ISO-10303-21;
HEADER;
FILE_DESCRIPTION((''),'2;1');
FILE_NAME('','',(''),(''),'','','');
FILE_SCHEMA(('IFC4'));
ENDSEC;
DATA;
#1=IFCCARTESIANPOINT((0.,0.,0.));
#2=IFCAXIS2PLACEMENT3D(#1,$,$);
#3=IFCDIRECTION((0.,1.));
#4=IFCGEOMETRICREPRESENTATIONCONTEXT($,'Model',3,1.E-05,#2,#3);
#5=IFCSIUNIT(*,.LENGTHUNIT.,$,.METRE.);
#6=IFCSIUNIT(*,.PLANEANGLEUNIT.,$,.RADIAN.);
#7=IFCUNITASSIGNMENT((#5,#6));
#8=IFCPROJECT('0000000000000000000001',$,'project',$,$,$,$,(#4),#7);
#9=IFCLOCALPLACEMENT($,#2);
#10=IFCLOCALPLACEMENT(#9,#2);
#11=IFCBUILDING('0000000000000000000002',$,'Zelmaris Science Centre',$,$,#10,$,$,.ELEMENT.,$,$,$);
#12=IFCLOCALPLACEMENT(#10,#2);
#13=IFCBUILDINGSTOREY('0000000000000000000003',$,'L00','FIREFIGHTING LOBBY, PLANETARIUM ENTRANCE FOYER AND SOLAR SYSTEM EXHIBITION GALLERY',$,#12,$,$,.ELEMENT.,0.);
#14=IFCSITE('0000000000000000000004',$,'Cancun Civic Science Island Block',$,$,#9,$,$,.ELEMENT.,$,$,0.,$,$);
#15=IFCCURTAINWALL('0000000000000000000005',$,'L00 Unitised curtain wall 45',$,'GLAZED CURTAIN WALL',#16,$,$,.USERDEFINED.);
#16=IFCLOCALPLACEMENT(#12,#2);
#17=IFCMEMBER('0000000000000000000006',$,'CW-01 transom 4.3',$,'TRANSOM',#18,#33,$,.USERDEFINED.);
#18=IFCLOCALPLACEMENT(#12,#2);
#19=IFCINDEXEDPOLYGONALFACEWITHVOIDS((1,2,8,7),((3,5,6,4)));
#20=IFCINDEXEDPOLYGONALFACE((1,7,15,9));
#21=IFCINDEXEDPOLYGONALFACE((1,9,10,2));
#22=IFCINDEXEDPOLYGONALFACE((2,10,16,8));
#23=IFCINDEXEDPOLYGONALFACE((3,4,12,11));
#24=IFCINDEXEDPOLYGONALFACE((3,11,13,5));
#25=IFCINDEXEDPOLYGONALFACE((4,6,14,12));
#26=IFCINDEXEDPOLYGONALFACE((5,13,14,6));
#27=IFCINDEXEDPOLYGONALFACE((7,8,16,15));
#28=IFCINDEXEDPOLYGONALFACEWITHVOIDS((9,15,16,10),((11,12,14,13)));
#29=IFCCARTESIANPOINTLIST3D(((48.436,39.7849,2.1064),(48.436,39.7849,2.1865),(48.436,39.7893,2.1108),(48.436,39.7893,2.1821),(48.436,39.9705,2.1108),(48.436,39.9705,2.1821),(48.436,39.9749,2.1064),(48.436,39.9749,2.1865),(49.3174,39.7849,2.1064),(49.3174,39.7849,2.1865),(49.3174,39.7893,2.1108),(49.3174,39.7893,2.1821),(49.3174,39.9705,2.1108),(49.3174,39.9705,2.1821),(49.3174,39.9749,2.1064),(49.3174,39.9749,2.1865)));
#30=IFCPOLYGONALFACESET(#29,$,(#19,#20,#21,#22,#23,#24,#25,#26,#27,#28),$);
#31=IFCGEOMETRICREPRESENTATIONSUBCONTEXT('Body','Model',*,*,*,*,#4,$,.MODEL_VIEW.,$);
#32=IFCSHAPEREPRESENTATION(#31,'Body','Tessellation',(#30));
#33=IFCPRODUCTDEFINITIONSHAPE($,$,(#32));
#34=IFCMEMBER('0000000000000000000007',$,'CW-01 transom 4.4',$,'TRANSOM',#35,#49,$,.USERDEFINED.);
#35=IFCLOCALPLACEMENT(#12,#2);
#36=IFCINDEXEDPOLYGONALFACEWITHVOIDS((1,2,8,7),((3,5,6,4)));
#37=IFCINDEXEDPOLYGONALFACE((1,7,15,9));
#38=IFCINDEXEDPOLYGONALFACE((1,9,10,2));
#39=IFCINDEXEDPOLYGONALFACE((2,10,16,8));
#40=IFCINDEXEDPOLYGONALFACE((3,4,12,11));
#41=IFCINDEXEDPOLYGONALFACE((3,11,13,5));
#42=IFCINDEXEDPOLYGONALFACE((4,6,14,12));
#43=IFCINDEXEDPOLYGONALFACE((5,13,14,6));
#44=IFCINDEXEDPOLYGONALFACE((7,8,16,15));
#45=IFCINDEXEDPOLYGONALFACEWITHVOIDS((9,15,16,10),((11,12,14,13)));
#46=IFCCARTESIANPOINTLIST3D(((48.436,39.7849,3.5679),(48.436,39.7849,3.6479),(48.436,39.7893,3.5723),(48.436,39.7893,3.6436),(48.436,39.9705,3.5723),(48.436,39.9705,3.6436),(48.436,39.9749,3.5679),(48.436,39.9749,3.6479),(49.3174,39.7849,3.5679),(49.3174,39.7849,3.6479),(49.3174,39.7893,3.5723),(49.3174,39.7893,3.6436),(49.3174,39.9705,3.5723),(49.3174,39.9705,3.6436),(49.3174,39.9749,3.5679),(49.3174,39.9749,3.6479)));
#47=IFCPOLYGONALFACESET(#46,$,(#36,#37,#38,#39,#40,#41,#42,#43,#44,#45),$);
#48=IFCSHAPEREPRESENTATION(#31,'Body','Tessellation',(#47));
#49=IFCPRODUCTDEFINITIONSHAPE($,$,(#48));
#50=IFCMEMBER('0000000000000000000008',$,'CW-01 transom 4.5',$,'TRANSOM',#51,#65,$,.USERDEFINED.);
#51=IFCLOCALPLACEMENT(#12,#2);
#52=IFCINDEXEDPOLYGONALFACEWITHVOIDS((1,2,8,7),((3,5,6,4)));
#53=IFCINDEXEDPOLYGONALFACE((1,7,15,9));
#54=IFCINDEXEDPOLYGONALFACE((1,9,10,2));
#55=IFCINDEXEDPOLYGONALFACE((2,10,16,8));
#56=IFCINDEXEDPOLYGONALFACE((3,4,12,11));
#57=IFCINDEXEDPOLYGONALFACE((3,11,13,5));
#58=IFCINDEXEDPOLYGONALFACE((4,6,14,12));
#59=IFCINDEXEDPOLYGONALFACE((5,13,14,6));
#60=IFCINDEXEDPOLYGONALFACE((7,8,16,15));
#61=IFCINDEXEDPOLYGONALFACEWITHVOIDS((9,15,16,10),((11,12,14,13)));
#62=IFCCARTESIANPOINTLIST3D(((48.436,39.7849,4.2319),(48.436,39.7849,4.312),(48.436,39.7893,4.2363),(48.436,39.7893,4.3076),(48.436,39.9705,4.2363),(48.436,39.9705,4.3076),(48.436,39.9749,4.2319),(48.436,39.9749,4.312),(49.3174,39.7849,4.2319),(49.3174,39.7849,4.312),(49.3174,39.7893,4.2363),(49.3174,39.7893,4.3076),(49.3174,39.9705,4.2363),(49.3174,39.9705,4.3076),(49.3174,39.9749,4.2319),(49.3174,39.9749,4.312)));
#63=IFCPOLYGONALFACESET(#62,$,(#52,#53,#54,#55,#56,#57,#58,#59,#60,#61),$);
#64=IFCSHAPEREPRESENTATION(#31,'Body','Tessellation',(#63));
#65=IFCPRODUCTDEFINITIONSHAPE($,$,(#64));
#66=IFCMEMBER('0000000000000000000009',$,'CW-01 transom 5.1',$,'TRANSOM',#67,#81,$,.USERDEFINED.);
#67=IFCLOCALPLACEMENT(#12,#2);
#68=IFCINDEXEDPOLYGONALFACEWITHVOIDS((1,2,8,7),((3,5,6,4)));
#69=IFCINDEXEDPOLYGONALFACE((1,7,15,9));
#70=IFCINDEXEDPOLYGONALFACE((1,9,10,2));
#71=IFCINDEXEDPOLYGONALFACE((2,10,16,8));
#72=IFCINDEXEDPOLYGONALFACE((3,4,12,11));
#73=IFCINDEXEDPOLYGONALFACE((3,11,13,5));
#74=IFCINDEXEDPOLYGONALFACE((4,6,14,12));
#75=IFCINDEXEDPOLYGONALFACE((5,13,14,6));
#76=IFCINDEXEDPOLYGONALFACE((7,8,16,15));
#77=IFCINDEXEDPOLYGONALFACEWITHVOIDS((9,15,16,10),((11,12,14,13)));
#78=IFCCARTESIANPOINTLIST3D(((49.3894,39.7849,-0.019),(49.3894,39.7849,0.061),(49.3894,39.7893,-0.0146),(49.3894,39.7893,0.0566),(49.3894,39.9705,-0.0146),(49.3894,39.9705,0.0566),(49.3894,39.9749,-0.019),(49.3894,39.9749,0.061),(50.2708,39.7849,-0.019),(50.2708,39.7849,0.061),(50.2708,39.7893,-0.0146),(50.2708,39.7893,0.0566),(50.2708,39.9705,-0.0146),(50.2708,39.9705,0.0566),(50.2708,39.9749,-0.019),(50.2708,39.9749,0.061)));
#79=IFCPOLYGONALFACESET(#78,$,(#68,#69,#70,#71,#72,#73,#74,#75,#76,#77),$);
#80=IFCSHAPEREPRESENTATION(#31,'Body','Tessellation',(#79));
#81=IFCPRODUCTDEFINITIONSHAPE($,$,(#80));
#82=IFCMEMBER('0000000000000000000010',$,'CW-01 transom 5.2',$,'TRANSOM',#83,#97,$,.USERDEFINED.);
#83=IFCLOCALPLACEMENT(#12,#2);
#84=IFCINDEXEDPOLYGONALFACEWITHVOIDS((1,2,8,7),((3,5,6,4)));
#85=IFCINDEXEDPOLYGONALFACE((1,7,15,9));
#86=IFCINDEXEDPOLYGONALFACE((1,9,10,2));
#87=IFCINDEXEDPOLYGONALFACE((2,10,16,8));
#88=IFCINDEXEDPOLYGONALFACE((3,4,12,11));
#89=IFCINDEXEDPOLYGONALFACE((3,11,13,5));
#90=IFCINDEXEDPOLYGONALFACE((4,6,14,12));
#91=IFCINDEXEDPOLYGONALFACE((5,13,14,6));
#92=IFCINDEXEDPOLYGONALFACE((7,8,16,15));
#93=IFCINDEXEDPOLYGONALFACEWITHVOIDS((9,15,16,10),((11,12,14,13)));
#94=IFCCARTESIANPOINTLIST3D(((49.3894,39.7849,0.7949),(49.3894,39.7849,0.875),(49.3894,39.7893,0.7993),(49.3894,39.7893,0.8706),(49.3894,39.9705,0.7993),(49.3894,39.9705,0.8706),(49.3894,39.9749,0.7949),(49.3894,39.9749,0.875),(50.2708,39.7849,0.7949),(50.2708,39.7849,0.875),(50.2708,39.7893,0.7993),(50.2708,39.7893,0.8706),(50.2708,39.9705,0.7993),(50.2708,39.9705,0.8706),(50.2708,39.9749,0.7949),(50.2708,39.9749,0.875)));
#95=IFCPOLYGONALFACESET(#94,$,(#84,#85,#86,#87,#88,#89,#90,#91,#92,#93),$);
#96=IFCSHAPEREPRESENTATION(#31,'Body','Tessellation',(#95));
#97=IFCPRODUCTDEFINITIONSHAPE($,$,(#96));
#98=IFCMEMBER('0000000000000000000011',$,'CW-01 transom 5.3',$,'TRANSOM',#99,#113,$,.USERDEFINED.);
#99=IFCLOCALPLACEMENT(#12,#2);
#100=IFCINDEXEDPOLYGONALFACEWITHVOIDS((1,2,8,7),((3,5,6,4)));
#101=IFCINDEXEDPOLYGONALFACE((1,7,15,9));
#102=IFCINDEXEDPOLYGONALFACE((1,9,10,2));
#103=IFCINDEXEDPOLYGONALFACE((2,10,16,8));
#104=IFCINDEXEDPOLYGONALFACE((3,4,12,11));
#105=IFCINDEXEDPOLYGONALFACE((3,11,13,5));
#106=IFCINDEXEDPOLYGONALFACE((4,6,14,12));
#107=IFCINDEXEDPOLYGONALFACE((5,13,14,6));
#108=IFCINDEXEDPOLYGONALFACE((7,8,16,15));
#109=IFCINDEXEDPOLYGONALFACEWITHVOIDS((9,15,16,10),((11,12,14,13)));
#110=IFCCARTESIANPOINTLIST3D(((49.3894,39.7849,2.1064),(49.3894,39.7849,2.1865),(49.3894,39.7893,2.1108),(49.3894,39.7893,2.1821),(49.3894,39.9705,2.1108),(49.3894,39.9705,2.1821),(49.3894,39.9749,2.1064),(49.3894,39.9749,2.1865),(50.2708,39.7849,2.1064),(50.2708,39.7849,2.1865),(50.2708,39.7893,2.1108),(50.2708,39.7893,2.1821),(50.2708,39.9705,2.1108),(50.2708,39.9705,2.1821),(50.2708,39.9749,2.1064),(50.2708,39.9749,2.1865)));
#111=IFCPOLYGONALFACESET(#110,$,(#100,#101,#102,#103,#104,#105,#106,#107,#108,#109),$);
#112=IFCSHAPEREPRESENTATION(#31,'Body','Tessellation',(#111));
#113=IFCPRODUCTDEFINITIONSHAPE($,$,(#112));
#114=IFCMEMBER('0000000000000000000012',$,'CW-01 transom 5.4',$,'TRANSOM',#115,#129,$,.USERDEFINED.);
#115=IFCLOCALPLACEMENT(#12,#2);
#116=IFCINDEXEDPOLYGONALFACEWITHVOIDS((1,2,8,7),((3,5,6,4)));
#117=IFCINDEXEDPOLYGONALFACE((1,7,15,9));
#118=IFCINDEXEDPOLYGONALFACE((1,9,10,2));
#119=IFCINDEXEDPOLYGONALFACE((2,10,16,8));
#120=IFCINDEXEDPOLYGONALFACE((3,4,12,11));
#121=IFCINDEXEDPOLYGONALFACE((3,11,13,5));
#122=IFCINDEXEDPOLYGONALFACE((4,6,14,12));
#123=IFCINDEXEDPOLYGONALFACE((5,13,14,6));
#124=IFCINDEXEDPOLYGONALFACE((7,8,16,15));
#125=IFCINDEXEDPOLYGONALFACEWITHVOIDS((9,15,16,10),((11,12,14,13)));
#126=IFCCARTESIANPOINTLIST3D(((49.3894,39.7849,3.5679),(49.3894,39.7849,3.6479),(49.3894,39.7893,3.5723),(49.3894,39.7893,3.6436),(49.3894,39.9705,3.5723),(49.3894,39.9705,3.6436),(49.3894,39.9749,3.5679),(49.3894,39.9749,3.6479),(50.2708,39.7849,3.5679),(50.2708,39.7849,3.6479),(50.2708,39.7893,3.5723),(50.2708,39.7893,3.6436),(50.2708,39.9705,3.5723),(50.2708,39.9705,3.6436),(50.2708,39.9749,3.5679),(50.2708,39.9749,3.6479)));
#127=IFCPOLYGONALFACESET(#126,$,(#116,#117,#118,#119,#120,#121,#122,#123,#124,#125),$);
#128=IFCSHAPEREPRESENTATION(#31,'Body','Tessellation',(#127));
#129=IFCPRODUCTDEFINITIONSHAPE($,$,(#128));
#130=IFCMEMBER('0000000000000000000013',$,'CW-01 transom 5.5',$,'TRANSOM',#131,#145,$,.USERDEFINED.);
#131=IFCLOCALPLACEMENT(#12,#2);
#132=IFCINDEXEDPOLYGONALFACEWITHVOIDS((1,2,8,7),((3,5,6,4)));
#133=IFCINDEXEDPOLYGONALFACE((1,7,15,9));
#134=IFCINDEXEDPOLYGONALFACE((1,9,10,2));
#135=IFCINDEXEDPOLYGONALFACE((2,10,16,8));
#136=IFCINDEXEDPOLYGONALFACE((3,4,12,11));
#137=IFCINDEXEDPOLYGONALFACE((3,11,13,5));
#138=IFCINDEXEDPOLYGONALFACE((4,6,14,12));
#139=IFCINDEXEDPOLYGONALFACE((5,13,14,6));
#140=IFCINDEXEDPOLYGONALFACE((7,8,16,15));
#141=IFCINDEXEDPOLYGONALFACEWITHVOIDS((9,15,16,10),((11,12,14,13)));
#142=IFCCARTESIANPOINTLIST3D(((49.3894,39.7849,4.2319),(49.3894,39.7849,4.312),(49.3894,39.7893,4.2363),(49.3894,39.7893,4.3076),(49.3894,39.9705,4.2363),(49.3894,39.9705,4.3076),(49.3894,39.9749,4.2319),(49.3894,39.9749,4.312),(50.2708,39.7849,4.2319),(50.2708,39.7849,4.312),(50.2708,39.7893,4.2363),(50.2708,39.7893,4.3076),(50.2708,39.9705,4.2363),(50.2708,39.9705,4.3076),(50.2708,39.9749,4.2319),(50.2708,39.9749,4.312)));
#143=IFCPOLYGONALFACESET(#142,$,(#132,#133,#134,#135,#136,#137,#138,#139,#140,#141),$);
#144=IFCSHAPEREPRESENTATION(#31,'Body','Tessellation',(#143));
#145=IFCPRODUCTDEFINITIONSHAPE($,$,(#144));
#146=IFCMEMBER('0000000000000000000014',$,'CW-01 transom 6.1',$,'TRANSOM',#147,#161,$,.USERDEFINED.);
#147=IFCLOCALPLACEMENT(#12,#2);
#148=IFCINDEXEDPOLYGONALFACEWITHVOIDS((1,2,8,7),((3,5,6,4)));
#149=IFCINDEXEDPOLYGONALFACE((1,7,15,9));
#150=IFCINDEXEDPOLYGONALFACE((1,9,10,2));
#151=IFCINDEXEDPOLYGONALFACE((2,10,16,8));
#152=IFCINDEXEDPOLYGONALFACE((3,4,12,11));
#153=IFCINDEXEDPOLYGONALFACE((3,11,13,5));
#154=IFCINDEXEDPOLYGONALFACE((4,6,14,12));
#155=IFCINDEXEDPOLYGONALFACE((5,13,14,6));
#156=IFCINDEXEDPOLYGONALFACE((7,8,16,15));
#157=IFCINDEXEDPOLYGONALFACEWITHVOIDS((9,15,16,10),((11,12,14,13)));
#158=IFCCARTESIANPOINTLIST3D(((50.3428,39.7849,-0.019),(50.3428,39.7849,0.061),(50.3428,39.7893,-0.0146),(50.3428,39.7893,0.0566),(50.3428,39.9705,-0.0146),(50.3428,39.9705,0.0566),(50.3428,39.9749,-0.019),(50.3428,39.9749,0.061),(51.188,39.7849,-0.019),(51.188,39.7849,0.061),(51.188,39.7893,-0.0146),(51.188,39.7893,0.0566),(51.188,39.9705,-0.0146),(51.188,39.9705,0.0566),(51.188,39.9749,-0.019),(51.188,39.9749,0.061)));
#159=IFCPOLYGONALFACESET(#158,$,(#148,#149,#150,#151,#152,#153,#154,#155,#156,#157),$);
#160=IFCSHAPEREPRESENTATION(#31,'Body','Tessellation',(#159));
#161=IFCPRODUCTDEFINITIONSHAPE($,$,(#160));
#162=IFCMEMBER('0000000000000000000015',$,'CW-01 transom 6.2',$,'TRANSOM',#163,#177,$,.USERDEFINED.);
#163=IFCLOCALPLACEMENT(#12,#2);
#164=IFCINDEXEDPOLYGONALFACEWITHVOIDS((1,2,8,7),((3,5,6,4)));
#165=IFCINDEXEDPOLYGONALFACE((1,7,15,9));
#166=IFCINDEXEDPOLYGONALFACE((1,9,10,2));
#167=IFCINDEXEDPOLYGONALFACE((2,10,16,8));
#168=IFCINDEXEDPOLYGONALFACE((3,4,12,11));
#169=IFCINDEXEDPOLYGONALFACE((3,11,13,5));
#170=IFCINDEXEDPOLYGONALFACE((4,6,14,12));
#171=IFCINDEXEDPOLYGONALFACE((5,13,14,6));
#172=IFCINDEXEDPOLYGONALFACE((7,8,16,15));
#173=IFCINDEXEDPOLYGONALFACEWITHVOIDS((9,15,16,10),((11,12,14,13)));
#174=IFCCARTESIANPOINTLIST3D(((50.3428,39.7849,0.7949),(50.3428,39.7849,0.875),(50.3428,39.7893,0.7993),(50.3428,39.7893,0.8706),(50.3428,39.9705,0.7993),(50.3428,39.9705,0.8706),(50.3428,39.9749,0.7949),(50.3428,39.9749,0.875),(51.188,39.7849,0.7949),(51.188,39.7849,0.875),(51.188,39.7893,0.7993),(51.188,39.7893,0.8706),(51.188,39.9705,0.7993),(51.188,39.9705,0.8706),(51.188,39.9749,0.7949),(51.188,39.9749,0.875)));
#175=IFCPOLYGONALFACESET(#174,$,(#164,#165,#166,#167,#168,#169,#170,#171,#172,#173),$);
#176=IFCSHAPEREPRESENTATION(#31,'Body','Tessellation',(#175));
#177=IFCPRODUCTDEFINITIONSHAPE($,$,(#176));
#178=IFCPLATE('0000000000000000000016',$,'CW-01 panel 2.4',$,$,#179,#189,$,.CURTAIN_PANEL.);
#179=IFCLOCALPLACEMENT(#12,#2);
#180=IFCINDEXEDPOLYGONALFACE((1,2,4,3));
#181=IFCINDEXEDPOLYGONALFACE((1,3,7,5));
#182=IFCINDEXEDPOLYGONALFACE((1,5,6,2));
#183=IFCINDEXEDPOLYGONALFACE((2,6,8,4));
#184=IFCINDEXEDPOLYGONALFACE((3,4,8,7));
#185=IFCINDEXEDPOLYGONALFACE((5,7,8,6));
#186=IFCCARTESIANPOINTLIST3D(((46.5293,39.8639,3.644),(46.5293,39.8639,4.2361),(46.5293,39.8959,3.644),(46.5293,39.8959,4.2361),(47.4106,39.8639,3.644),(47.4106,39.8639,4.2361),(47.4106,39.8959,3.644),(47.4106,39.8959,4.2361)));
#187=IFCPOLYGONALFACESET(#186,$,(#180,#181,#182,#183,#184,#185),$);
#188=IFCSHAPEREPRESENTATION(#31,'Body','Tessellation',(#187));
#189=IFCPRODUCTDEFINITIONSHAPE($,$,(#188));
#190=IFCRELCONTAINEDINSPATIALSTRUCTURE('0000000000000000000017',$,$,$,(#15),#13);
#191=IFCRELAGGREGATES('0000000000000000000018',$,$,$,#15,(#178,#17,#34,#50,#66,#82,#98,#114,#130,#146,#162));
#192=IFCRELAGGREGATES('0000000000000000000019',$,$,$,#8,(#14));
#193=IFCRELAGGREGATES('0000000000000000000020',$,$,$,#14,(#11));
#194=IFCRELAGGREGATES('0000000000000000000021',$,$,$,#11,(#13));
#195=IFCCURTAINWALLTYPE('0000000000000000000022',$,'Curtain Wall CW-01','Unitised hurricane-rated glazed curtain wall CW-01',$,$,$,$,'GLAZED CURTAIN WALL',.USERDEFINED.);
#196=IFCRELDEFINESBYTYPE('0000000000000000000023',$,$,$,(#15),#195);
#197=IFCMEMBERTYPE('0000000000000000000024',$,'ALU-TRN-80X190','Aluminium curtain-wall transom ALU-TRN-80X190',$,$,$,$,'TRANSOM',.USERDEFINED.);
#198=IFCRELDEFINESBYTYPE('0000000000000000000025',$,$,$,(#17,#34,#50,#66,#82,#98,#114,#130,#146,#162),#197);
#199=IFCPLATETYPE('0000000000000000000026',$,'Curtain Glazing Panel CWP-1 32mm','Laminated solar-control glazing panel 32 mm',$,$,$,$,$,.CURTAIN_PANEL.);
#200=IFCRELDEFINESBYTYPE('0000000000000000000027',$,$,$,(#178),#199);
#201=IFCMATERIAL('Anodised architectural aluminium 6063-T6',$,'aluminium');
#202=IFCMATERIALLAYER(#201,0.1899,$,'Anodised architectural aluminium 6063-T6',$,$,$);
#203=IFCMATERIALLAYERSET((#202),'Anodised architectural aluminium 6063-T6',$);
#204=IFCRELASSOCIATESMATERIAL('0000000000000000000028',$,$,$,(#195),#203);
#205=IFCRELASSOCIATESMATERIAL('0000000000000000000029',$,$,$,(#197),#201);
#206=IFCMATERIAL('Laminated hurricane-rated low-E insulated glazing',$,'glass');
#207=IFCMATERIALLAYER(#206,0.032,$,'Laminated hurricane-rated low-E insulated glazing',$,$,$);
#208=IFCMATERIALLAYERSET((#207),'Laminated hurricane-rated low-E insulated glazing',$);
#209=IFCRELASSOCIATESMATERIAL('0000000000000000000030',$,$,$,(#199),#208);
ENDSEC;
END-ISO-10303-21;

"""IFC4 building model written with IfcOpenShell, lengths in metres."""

from ifc_helpers import new_model, si_unit, direction, frame, origin, origin_2d, place, context, subcontext, project, spatial, rectangle, hollow_rectangle, extrude, material, layer, layer_set, material_profile, profile_set, type_object, element, aggregate, save


model = new_model("IFC4")

# Units and contexts
model_context = context("Model", 3, precision=1e-05, world=origin(), true_north=direction((0.0, 1.0)))
body_context = subcontext(model_context, "Body", "Model", "MODEL_VIEW")
ifc_project = project(units=[si_unit("LENGTHUNIT", "METRE"), si_unit("PLANEANGLEUNIT", "RADIAN")], contexts=[model_context])

# Site, building, storey
site_placement = place(None, origin())
site = spatial("IfcSite", under=ifc_project, at=site_placement, Name="Cancun Civic Science Island Block", CompositionType="ELEMENT", RefElevation=0.0)
building_placement = place(site_placement, origin())
building = spatial("IfcBuilding", under=site, at=building_placement, Name="Zelmaris Science Centre", CompositionType="ELEMENT")
storey_placement = place(building_placement, origin())
storey = spatial("IfcBuildingStorey", under=building, at=storey_placement, Name="L00", Description="FIREFIGHTING LOBBY, PLANETARIUM ENTRANCE FOYER AND SOLAR SYSTEM EXHIBITION GALLERY", CompositionType="ELEMENT", Elevation=0.0)

# Curtain wall, members, plate
ifc_material_1 = material(Name="Anodised architectural aluminium 6063-T6", Category="aluminium")
ifc_layer_1 = layer(ifc_material_1, 0.1899, Name="Anodised architectural aluminium 6063-T6")
ifc_layer_set_1 = layer_set([ifc_layer_1], Name="Anodised architectural aluminium 6063-T6")
curtain_wall_type = type_object("IfcCurtainWallType", Name="Curtain Wall CW-01", Description="Unitised hurricane-rated glazed curtain wall CW-01", ElementType="GLAZED CURTAIN WALL", PredefinedType="USERDEFINED", material=ifc_layer_set_1)
curtain_wall_placement = place(storey_placement, origin())
curtain_wall = element("IfcCurtainWall", 1, at=curtain_wall_placement, inside=storey, type_object=curtain_wall_type, Name="L00 Unitised curtain wall 45", ObjectType="GLAZED CURTAIN WALL", PredefinedType="USERDEFINED")
ifc_material_profile_1 = material_profile(ifc_material_1, hollow_rectangle(XDim=0.0801, YDim=0.1899, WallThickness=0.0044, at=origin_2d()), Name="ALU-TRN-80X190")
ifc_profile_set_1 = profile_set([ifc_material_profile_1], Name="Anodised architectural aluminium 6063-T6")
member_type_1 = type_object("IfcMemberType", Name="ALU-TRN-80X190", Description="Aluminium curtain-wall transom ALU-TRN-80X190", ElementType="TRANSOM", PredefinedType="USERDEFINED", material=ifc_profile_set_1)
member_1_placement = place(storey_placement, frame((48.436, 39.8799, 2.1465), z_axis=(1.0, 0.0, 0.0), x_axis=(0.0, 0.0, 1.0)))
member_1 = element("IfcMember", 2, at=member_1_placement, type_object=member_type_1, Name="CW-01 transom 4.3", ObjectType="TRANSOM", PredefinedType="USERDEFINED", context=body_context, shape_type="SweptSolid", body=[
    extrude(hollow_rectangle(XDim=0.0801, YDim=0.1899, WallThickness=0.0044, at=origin_2d()), origin(), (0.0, 0.0, 1.0), 0.8813),
])
member_2_placement = place(storey_placement, frame((48.436, 39.8799, 3.6079), z_axis=(1.0, 0.0, 0.0), x_axis=(0.0, 0.0, 1.0)))
member_2 = element("IfcMember", 3, at=member_2_placement, type_object=member_type_1, Name="CW-01 transom 4.4", ObjectType="TRANSOM", PredefinedType="USERDEFINED", context=body_context, shape_type="SweptSolid", body=[
    extrude(hollow_rectangle(XDim=0.0801, YDim=0.1899, WallThickness=0.0044, at=origin_2d()), origin(), (0.0, 0.0, 1.0), 0.8813),
])
member_3_placement = place(storey_placement, frame((48.436, 39.8799, 4.272), z_axis=(1.0, 0.0, 0.0), x_axis=(0.0, 0.0, 1.0)))
member_3 = element("IfcMember", 4, at=member_3_placement, type_object=member_type_1, Name="CW-01 transom 4.5", ObjectType="TRANSOM", PredefinedType="USERDEFINED", context=body_context, shape_type="SweptSolid", body=[
    extrude(hollow_rectangle(XDim=0.0801, YDim=0.1899, WallThickness=0.0044, at=origin_2d()), origin(), (0.0, 0.0, 1.0), 0.8813),
])
member_4_placement = place(storey_placement, frame((49.3894, 39.8799, 0.021), z_axis=(1.0, 0.0, 0.0), x_axis=(0.0, 0.0, 1.0)))
member_4 = element("IfcMember", 5, at=member_4_placement, type_object=member_type_1, Name="CW-01 transom 5.1", ObjectType="TRANSOM", PredefinedType="USERDEFINED", context=body_context, shape_type="SweptSolid", body=[
    extrude(hollow_rectangle(XDim=0.0801, YDim=0.1899, WallThickness=0.0044, at=origin_2d()), origin(), (0.0, 0.0, 1.0), 0.8813),
])
member_5_placement = place(storey_placement, frame((49.3894, 39.8799, 0.835), z_axis=(1.0, 0.0, 0.0), x_axis=(0.0, 0.0, 1.0)))
member_5 = element("IfcMember", 6, at=member_5_placement, type_object=member_type_1, Name="CW-01 transom 5.2", ObjectType="TRANSOM", PredefinedType="USERDEFINED", context=body_context, shape_type="SweptSolid", body=[
    extrude(hollow_rectangle(XDim=0.0801, YDim=0.1899, WallThickness=0.0044, at=origin_2d()), origin(), (0.0, 0.0, 1.0), 0.8813),
])
member_6_placement = place(storey_placement, frame((49.3894, 39.8799, 2.1465), z_axis=(1.0, 0.0, 0.0), x_axis=(0.0, 0.0, 1.0)))
member_6 = element("IfcMember", 7, at=member_6_placement, type_object=member_type_1, Name="CW-01 transom 5.3", ObjectType="TRANSOM", PredefinedType="USERDEFINED", context=body_context, shape_type="SweptSolid", body=[
    extrude(hollow_rectangle(XDim=0.0801, YDim=0.1899, WallThickness=0.0044, at=origin_2d()), origin(), (0.0, 0.0, 1.0), 0.8813),
])
member_7_placement = place(storey_placement, frame((49.3894, 39.8799, 3.6079), z_axis=(1.0, 0.0, 0.0), x_axis=(0.0, 0.0, 1.0)))
member_7 = element("IfcMember", 8, at=member_7_placement, type_object=member_type_1, Name="CW-01 transom 5.4", ObjectType="TRANSOM", PredefinedType="USERDEFINED", context=body_context, shape_type="SweptSolid", body=[
    extrude(hollow_rectangle(XDim=0.0801, YDim=0.1899, WallThickness=0.0044, at=origin_2d()), origin(), (0.0, 0.0, 1.0), 0.8813),
])
member_8_placement = place(storey_placement, frame((49.3894, 39.8799, 4.272), z_axis=(1.0, 0.0, 0.0), x_axis=(0.0, 0.0, 1.0)))
member_8 = element("IfcMember", 9, at=member_8_placement, type_object=member_type_1, Name="CW-01 transom 5.5", ObjectType="TRANSOM", PredefinedType="USERDEFINED", context=body_context, shape_type="SweptSolid", body=[
    extrude(hollow_rectangle(XDim=0.0801, YDim=0.1899, WallThickness=0.0044, at=origin_2d()), origin(), (0.0, 0.0, 1.0), 0.8813),
])
member_9_placement = place(storey_placement, frame((50.3428, 39.8799, 0.021), z_axis=(1.0, 0.0, 0.0), x_axis=(0.0, 0.0, 1.0)))
member_9 = element("IfcMember", 10, at=member_9_placement, type_object=member_type_1, Name="CW-01 transom 6.1", ObjectType="TRANSOM", PredefinedType="USERDEFINED", context=body_context, shape_type="SweptSolid", body=[
    extrude(hollow_rectangle(XDim=0.0801, YDim=0.1899, WallThickness=0.0044, at=origin_2d()), origin(), (0.0, 0.0, 1.0), 0.8452),
])
member_10_placement = place(storey_placement, frame((50.3428, 39.8799, 0.835), z_axis=(1.0, 0.0, 0.0), x_axis=(0.0, 0.0, 1.0)))
member_10 = element("IfcMember", 11, at=member_10_placement, type_object=member_type_1, Name="CW-01 transom 6.2", ObjectType="TRANSOM", PredefinedType="USERDEFINED", context=body_context, shape_type="SweptSolid", body=[
    extrude(hollow_rectangle(XDim=0.0801, YDim=0.1899, WallThickness=0.0044, at=origin_2d()), origin(), (0.0, 0.0, 1.0), 0.8452),
])
ifc_material_2 = material(Name="Laminated hurricane-rated low-E insulated glazing", Category="glass")
ifc_layer_2 = layer(ifc_material_2, 0.032, Name="Laminated hurricane-rated low-E insulated glazing")
ifc_layer_set_2 = layer_set([ifc_layer_2], Name="Laminated hurricane-rated low-E insulated glazing")
plate_type = type_object("IfcPlateType", Name="Curtain Glazing Panel CWP-1 32mm", Description="Laminated solar-control glazing panel 32 mm", PredefinedType="CURTAIN_PANEL", material=ifc_layer_set_2)
plate_1_placement = place(storey_placement, frame((46.97, 39.8799, 3.644), z_axis=(0.0, 0.0, 1.0), x_axis=(1.0, -0.000017, 0.0)))
plate_1 = element("IfcPlate", 12, at=plate_1_placement, type_object=plate_type, Name="CW-01 panel 2.4", PredefinedType="CURTAIN_PANEL", context=body_context, shape_type="SweptSolid", body=[
    extrude(rectangle(XDim=0.8813, YDim=0.032, at=origin_2d()), origin(), (0.0, 0.0, 1.0), 0.592),
])
aggregate(curtain_wall, [plate_1, member_1, member_2, member_3, member_4, member_5, member_6, member_7, member_8, member_9, member_10])

save(model, "model.ifc")
